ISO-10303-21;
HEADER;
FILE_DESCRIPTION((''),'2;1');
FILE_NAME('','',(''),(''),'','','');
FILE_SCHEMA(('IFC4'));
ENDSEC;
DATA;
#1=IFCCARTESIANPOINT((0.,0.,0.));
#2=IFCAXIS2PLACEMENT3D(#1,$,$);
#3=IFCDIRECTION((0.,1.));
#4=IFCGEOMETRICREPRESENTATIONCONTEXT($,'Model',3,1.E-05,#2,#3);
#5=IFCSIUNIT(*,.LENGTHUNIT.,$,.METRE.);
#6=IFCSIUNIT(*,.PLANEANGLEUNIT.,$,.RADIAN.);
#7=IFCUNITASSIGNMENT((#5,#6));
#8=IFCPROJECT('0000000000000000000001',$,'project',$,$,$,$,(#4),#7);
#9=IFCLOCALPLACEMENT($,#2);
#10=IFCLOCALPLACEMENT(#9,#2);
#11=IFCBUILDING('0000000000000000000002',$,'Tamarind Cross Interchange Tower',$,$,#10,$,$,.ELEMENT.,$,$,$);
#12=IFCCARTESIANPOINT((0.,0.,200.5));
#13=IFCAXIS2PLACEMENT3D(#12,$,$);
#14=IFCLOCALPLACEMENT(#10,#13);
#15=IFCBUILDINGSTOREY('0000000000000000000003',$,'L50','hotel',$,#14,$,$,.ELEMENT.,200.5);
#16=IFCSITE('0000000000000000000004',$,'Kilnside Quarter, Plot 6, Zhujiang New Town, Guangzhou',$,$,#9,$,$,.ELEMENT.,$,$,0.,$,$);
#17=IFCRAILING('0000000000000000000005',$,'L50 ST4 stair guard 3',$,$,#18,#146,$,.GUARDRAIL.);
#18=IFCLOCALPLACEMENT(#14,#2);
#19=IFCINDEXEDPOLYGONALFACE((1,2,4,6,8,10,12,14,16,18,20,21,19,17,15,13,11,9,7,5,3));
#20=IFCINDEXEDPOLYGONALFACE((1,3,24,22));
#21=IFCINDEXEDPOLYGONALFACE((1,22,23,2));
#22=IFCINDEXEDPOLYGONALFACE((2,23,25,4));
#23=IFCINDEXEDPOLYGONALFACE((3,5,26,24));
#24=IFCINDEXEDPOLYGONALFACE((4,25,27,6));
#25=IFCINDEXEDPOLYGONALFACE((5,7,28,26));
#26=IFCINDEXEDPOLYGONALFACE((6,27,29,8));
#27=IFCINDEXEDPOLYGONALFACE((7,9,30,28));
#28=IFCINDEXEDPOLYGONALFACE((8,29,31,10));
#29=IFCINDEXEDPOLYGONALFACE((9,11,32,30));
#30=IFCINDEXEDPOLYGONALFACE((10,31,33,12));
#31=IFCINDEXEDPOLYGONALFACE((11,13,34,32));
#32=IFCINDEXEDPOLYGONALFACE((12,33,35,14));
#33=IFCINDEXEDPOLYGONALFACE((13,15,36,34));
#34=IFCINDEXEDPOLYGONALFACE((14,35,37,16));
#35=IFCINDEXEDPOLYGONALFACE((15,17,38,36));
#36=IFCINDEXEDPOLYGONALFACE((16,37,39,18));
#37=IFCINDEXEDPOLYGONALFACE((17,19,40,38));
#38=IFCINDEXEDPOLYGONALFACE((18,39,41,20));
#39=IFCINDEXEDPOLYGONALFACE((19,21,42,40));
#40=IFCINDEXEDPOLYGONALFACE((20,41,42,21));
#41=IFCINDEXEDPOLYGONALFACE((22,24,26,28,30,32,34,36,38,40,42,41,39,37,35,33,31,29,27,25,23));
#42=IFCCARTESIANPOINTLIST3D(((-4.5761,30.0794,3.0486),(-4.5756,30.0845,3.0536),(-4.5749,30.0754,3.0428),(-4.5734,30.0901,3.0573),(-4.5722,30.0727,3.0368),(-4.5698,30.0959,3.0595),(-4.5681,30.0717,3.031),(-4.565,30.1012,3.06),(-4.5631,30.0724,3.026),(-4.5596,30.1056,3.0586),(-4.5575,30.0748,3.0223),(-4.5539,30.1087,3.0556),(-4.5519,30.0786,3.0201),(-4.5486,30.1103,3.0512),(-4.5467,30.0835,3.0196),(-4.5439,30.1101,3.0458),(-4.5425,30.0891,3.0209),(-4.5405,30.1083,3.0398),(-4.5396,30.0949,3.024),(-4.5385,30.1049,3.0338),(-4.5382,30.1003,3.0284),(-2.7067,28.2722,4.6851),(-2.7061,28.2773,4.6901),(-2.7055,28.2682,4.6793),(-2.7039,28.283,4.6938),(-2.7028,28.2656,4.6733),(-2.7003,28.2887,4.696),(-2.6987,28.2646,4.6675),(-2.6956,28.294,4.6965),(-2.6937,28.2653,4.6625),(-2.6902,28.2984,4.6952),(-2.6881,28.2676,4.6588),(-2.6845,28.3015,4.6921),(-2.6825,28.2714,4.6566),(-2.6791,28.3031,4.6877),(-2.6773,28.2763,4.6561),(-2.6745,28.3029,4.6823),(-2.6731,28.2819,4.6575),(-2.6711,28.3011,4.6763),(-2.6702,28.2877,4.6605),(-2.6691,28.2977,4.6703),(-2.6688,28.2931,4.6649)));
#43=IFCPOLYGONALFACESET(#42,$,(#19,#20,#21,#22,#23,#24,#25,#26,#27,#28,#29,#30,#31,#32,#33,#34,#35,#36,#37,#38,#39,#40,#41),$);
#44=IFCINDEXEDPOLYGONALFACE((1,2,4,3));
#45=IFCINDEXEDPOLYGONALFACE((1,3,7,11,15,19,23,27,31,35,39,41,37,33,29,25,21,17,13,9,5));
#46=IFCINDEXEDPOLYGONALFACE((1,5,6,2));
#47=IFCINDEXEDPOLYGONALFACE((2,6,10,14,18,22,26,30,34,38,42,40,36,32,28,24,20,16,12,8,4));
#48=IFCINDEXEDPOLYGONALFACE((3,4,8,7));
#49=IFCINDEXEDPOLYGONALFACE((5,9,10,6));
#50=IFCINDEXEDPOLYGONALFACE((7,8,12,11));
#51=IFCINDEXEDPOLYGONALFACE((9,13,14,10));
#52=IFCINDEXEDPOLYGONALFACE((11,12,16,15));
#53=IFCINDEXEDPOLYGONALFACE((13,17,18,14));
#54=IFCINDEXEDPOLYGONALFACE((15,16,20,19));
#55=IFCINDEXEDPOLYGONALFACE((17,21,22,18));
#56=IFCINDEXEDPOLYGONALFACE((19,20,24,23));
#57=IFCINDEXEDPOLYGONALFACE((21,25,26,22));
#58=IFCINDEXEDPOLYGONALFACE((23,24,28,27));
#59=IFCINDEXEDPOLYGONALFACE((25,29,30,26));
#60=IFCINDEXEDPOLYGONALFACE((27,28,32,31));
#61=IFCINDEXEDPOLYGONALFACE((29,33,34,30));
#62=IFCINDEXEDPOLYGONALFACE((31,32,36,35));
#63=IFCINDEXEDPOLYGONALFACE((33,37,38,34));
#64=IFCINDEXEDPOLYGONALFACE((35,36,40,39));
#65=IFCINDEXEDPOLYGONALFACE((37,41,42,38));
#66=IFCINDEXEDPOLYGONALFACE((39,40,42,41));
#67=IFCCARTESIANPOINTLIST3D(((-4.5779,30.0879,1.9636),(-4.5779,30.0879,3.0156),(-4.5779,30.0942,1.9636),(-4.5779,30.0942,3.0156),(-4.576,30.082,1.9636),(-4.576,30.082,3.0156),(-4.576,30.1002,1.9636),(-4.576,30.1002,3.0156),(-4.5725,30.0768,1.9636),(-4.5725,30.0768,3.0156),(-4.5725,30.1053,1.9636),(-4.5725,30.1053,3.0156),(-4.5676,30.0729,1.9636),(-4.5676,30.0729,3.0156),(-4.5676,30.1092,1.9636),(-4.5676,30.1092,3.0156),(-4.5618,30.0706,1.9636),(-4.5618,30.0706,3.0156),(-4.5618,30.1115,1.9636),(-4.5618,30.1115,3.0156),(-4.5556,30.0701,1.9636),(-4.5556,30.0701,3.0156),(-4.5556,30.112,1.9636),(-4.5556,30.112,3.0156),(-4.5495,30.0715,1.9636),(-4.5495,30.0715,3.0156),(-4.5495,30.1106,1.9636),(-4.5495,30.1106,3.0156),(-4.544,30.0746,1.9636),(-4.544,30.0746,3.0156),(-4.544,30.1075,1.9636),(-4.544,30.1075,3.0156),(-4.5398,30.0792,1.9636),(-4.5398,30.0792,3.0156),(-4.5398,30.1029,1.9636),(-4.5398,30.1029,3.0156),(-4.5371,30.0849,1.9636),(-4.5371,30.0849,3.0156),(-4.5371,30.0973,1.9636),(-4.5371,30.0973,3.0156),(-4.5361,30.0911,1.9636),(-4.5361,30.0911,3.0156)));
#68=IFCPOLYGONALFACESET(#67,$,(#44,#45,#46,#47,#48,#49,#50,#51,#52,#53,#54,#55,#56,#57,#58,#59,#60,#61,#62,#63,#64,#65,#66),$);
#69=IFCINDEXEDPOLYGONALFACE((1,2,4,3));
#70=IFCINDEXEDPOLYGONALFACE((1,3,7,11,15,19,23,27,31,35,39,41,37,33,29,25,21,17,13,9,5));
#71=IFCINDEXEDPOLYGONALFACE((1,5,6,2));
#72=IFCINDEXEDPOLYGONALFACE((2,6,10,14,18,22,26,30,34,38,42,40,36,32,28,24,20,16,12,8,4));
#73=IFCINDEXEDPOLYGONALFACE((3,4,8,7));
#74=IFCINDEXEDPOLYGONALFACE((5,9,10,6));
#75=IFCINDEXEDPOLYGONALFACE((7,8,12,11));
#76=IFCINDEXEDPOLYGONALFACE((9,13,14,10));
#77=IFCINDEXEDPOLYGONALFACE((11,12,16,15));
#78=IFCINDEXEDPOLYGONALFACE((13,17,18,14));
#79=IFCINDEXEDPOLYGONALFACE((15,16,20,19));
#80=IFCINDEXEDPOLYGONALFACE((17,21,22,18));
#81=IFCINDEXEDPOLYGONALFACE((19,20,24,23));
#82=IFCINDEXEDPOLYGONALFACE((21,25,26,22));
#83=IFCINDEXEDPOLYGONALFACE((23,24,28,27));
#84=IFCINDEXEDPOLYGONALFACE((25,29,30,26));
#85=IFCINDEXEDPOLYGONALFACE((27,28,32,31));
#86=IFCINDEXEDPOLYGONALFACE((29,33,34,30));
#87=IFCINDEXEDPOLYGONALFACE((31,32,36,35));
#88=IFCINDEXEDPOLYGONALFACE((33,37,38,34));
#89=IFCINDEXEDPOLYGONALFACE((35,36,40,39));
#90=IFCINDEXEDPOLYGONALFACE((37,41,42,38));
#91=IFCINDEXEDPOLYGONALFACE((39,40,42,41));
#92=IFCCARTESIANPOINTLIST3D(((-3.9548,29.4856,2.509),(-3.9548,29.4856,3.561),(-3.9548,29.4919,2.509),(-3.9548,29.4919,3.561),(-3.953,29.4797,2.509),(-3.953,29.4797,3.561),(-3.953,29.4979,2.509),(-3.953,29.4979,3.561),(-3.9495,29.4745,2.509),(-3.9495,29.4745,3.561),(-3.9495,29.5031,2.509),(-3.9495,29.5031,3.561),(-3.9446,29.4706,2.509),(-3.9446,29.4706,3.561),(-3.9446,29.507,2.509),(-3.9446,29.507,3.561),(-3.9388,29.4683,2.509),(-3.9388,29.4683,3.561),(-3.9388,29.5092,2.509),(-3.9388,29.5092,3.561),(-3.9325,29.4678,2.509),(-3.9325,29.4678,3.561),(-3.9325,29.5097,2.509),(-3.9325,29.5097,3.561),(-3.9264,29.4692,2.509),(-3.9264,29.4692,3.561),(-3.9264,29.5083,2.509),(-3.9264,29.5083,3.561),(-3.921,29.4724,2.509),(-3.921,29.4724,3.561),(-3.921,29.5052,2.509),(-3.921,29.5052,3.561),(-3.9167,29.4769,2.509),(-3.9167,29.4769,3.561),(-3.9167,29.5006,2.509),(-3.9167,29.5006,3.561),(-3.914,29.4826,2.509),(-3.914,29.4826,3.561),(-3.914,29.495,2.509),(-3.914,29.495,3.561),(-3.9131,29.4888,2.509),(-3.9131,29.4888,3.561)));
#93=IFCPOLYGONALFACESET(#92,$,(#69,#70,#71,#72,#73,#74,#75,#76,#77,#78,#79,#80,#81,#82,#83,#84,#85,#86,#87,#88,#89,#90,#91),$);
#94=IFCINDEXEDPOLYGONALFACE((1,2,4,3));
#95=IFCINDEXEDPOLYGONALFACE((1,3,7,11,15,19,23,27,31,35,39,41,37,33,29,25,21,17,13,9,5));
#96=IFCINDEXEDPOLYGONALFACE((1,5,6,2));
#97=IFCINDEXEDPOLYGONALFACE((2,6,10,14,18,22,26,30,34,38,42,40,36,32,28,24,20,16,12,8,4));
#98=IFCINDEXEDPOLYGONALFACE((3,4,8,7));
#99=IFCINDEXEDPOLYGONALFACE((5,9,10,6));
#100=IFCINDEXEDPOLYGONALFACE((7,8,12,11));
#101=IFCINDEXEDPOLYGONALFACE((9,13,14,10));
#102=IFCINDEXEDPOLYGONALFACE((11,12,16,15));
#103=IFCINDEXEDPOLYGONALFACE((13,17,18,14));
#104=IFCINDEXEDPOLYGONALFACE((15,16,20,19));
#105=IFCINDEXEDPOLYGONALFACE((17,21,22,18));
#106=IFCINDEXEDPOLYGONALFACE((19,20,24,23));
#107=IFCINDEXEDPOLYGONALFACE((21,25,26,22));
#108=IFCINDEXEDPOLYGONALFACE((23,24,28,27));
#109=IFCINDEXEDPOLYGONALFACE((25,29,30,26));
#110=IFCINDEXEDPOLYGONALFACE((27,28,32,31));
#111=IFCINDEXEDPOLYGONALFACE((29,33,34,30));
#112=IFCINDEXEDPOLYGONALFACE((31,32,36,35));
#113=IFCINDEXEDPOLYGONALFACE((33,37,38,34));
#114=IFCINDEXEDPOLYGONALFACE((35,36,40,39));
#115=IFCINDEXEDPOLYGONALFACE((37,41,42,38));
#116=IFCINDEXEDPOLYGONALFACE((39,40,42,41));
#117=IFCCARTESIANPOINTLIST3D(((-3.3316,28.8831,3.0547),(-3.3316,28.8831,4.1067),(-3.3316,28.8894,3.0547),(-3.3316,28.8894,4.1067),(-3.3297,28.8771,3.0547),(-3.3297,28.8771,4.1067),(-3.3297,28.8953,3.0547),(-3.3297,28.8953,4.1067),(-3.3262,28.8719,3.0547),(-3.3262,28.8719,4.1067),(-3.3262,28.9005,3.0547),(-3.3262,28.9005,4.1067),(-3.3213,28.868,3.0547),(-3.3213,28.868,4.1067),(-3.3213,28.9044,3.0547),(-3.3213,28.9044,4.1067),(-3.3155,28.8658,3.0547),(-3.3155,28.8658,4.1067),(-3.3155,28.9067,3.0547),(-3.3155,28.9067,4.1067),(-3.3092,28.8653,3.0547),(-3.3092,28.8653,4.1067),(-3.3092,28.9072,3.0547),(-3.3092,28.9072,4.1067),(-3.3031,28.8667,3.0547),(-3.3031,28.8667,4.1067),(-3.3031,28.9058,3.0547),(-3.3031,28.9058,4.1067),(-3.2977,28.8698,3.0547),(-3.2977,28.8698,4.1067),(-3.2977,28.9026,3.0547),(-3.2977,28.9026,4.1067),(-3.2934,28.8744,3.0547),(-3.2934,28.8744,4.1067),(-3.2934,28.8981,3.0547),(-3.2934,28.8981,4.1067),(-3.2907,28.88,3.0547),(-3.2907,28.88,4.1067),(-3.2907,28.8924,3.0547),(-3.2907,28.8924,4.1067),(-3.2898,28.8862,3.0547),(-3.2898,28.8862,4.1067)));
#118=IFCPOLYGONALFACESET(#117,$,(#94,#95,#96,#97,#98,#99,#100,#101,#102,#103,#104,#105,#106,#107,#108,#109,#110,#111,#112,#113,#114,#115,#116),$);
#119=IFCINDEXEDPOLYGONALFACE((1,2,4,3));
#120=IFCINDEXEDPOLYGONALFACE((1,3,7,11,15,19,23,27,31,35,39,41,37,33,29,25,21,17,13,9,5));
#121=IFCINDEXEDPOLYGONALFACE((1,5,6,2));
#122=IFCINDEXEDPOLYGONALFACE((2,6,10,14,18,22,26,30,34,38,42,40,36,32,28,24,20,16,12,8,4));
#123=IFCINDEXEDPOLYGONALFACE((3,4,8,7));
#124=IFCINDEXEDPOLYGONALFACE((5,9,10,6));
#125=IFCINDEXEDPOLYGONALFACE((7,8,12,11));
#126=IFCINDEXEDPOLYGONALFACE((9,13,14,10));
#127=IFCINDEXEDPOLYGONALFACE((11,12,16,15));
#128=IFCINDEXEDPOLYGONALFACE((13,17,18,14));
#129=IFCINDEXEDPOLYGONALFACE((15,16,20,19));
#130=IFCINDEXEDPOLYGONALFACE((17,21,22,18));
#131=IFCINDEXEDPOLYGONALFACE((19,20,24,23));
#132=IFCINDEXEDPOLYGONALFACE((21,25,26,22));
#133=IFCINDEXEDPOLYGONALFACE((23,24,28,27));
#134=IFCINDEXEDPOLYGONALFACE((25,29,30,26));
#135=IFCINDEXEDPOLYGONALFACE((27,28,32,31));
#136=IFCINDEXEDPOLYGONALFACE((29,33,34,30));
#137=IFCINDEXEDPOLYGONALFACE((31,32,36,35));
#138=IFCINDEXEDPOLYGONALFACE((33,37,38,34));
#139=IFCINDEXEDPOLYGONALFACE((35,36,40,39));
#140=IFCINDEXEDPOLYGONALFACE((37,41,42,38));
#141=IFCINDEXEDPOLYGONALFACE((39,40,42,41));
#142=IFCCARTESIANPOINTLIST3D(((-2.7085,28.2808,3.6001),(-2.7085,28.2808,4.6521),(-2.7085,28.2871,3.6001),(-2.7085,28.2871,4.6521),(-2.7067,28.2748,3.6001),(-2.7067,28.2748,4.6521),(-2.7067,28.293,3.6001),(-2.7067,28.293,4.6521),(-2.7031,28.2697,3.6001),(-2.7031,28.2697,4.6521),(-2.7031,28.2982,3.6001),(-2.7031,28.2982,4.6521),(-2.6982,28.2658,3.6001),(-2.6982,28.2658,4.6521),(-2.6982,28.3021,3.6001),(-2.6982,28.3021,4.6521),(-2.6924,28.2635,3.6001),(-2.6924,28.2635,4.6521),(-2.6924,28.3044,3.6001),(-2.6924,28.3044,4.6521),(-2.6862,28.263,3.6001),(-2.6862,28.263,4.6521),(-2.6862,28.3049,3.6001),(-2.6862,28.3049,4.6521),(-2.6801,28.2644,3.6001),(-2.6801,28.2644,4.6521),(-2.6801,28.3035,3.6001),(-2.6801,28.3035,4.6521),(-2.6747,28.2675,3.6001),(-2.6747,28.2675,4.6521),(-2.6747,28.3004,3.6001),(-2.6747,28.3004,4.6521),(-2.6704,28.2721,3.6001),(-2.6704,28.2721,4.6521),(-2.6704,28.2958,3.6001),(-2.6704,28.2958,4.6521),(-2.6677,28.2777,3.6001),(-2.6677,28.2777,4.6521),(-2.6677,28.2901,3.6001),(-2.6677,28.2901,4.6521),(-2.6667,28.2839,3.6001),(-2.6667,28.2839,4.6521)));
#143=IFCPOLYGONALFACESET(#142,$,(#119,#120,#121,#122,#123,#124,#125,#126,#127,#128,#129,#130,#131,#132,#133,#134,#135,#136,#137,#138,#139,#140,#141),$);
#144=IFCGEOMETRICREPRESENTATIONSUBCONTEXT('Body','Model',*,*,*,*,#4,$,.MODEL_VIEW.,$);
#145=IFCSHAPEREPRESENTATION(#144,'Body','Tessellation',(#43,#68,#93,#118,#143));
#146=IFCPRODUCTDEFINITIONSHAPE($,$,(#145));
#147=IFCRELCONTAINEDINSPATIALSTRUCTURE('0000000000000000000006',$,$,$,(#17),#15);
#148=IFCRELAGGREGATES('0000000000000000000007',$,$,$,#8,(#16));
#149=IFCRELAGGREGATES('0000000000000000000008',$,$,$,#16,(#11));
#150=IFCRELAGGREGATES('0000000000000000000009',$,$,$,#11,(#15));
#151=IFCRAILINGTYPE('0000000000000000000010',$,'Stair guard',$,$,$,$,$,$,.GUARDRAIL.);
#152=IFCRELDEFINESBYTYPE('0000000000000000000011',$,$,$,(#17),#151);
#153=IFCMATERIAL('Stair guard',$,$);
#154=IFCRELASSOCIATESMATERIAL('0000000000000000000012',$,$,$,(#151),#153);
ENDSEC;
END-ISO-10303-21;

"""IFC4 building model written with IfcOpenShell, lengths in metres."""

from ifc_helpers import new_model, si_unit, direction, frame, origin, origin_2d, place, context, subcontext, project, spatial, circle, extrude, material, type_object, element, save


model = new_model("IFC4")

# Units and contexts
model_context = context("Model", 3, precision=1e-05, world=origin(), true_north=direction((0.0, 1.0)))
body_context = subcontext(model_context, "Body", "Model", "MODEL_VIEW")
ifc_project = project(units=[si_unit("LENGTHUNIT", "METRE"), si_unit("PLANEANGLEUNIT", "RADIAN")], contexts=[model_context])

# Site, building, storey
site_placement = place(None, origin())
site = spatial("IfcSite", under=ifc_project, at=site_placement, Name="Kilnside Quarter, Plot 6, Zhujiang New Town, Guangzhou", CompositionType="ELEMENT", RefElevation=0.0)
building_placement = place(site_placement, origin())
building = spatial("IfcBuilding", under=site, at=building_placement, Name="Tamarind Cross Interchange Tower", CompositionType="ELEMENT")
storey_placement = place(building_placement, frame((0.0, 0.0, 200.5)))
storey = spatial("IfcBuildingStorey", under=building, at=storey_placement, Name="L50", Description="hotel", CompositionType="ELEMENT", Elevation=200.5)

# Railing
ifc_material_1 = material(Name="Stair guard")
railing_type_1 = type_object("IfcRailingType", Name="Stair guard", PredefinedType="GUARDRAIL", material=ifc_material_1)
railing_1_placement = place(storey_placement, frame((-4.5571, 30.0911, 1.9636)))
element("IfcRailing", 1, at=railing_1_placement, inside=storey, type_object=railing_type_1, Name="L50 ST4 stair guard 3", PredefinedType="GUARDRAIL", context=body_context, shape_type="SweptSolid", body=[
    extrude(circle(Radius=0.0239, at=origin_2d()), frame((0.0, 0.0, 1.0762), z_axis=(0.608486, -0.588221, 0.532673), x_axis=(0.695033, 0.718977, 0.0)), (0.0, 0.0, 1.0), 3.0723),
    extrude(circle(Radius=0.021, at=origin_2d()), origin(), (0.0, 0.0, 1.0), 1.052),
    extrude(circle(Radius=0.021, at=origin_2d()), frame((0.623, -0.6023, 0.5454)), (0.0, 0.0, 1.0), 1.052),
    extrude(circle(Radius=0.021, at=origin_2d()), frame((1.2463, -1.2048, 1.0911)), (0.0, 0.0, 1.0), 1.052),
    extrude(circle(Radius=0.021, at=origin_2d()), frame((1.8694, -1.8071, 1.6365)), (0.0, 0.0, 1.0), 1.052),
])

save(model, "model.ifc")
